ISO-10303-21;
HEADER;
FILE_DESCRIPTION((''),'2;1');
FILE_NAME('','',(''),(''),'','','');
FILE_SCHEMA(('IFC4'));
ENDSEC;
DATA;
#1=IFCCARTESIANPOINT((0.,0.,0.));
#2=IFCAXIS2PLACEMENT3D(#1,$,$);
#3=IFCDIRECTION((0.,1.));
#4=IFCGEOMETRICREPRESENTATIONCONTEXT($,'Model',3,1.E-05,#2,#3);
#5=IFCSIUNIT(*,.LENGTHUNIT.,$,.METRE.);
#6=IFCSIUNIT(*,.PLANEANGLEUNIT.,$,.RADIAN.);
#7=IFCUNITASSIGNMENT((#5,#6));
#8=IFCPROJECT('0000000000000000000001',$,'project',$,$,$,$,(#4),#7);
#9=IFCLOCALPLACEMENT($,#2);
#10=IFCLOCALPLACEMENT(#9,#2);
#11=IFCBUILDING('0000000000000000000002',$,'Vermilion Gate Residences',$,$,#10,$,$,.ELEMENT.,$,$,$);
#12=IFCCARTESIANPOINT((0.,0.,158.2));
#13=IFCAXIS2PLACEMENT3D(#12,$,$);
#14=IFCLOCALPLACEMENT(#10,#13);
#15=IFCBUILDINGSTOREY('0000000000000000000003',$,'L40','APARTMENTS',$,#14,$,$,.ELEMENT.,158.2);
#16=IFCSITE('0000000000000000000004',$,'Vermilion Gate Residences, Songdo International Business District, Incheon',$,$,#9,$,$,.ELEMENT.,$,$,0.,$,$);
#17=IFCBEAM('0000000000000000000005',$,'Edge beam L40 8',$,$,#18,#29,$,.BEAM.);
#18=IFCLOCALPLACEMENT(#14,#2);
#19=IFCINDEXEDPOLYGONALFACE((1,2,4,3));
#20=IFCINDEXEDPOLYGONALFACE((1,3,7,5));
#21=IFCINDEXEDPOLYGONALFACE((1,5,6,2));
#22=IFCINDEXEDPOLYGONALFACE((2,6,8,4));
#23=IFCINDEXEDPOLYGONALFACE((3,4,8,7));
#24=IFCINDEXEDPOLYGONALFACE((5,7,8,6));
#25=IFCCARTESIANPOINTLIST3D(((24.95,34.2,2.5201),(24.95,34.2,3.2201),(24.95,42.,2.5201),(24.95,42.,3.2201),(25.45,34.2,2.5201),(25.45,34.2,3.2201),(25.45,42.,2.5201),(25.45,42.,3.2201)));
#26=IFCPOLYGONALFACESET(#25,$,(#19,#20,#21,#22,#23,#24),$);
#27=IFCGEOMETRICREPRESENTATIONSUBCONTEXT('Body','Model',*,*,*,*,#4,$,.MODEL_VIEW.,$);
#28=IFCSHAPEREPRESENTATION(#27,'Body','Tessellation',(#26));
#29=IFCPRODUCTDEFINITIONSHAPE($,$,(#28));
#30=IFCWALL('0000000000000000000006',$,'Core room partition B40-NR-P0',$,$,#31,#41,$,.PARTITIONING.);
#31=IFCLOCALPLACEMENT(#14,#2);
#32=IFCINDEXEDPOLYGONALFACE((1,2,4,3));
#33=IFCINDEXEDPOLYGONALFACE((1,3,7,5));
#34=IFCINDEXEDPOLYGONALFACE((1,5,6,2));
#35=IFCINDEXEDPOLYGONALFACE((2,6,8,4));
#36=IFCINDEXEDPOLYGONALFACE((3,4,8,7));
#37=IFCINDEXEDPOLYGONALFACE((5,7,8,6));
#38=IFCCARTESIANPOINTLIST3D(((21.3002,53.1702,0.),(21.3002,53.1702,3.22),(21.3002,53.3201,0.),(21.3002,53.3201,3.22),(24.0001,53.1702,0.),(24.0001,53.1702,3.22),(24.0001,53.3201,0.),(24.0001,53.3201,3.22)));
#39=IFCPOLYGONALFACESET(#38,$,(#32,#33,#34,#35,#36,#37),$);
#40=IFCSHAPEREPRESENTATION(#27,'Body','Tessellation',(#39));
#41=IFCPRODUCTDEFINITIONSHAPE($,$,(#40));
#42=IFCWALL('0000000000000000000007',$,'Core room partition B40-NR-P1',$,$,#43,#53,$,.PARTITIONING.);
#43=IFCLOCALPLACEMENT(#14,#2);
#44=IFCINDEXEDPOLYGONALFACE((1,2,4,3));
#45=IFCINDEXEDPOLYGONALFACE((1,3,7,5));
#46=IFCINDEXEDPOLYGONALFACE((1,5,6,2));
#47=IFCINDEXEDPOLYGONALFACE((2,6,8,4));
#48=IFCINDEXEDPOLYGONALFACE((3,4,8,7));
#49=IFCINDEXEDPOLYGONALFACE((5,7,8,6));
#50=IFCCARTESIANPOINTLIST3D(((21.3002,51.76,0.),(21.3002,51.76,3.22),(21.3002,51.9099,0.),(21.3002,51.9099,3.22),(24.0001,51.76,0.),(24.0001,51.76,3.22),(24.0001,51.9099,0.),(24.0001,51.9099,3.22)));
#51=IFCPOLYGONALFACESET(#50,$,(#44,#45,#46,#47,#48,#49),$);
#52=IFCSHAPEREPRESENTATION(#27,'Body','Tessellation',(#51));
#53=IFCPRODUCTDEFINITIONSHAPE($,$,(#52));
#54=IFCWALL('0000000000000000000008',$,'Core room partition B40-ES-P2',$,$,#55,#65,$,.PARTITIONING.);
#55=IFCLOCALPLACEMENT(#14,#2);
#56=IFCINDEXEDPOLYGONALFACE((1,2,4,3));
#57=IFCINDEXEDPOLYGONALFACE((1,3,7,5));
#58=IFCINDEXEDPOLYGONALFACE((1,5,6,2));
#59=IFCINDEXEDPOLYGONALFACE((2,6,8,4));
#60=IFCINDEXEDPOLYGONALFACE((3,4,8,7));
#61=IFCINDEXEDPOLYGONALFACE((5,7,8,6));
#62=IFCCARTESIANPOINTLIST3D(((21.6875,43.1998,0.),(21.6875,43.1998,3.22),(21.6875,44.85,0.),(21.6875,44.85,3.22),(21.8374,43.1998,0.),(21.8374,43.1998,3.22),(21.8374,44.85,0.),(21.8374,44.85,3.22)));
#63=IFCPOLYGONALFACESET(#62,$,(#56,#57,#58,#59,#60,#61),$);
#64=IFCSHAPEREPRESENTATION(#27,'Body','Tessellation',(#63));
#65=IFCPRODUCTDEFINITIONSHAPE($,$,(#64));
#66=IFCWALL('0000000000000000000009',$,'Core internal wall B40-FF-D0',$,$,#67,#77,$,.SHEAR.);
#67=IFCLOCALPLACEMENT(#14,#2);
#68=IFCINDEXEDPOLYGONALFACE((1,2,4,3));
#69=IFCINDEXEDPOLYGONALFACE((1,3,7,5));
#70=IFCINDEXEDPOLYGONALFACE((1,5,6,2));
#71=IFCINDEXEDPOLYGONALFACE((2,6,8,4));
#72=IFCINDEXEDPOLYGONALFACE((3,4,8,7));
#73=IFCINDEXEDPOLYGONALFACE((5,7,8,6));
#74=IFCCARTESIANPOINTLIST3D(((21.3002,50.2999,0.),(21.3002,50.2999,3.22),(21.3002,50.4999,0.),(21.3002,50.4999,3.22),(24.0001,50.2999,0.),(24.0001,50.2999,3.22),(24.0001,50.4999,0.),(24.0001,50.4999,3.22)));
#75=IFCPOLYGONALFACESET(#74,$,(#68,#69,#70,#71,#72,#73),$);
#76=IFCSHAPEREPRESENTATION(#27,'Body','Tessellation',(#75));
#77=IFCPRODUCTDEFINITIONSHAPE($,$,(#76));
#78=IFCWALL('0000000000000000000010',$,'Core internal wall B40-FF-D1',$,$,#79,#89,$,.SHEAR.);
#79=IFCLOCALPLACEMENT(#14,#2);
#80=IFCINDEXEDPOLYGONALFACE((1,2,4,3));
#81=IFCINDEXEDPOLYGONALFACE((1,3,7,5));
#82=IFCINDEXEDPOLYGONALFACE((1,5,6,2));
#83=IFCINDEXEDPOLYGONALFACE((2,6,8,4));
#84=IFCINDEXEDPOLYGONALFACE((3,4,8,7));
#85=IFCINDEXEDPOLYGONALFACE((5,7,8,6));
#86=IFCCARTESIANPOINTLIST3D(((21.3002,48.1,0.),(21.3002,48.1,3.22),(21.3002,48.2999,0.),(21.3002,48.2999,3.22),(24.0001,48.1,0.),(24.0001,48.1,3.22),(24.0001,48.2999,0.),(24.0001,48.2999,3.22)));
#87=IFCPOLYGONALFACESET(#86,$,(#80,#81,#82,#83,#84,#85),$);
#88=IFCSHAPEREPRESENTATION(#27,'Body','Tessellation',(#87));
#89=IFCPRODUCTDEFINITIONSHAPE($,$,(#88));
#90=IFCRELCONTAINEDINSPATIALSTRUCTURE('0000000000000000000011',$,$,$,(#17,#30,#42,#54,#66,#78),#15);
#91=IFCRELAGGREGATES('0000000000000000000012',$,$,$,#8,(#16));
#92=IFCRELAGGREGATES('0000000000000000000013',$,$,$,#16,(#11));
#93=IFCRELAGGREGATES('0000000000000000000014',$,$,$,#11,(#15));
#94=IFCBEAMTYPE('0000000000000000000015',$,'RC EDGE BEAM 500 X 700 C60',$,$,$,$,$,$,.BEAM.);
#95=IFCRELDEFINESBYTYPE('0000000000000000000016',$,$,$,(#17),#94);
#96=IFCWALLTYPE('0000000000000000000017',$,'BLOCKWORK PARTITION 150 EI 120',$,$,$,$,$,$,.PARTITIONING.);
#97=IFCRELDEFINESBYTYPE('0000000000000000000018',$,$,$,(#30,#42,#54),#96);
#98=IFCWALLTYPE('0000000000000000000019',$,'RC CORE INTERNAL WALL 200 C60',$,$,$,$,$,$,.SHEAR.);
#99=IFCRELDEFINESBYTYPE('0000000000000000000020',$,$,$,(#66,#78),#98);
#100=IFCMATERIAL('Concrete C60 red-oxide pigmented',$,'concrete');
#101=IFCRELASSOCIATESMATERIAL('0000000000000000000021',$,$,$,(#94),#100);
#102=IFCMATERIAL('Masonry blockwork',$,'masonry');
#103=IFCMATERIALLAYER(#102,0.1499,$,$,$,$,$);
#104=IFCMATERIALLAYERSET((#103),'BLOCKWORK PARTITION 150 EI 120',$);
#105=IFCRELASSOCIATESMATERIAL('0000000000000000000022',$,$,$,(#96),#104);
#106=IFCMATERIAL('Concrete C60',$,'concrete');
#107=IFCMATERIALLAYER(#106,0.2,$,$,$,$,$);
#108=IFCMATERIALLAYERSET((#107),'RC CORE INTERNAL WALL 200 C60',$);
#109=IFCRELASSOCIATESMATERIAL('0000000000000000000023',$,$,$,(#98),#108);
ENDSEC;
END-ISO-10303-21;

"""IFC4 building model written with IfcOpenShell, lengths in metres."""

from ifc_helpers import new_model, si_unit, direction, frame, frame_2d, origin, origin_2d, place, context, subcontext, project, spatial, rectangle, extrude, material, layer, layer_set, material_profile, profile_set, type_object, element, save


model = new_model("IFC4")

# Units and contexts
model_context = context("Model", 3, precision=1e-05, world=origin(), true_north=direction((0.0, 1.0)))
body_context = subcontext(model_context, "Body", "Model", "MODEL_VIEW")
ifc_project = project(units=[si_unit("LENGTHUNIT", "METRE"), si_unit("PLANEANGLEUNIT", "RADIAN")], contexts=[model_context])

# Site, building, storey
site_placement = place(None, origin())
site = spatial("IfcSite", under=ifc_project, at=site_placement, Name="Vermilion Gate Residences, Songdo International Business District, Incheon", CompositionType="ELEMENT", RefElevation=0.0)
building_placement = place(site_placement, origin())
building = spatial("IfcBuilding", under=site, at=building_placement, Name="Vermilion Gate Residences", CompositionType="ELEMENT")
storey_placement = place(building_placement, frame((0.0, 0.0, 158.2)))
storey = spatial("IfcBuildingStorey", under=building, at=storey_placement, Name="L40", Description="APARTMENTS", CompositionType="ELEMENT", Elevation=158.2)

# Beam
ifc_material_1 = material(Name="Concrete C60 red-oxide pigmented", Category="concrete")
ifc_material_profile_1 = material_profile(ifc_material_1, rectangle(XDim=0.5, YDim=0.7, at=origin_2d()), Name="RC-500x700")
ifc_profile_set_1 = profile_set([ifc_material_profile_1], Name="Concrete C60 red-oxide pigmented")
beam_type = type_object("IfcBeamType", Name="RC EDGE BEAM 500 X 700 C60", PredefinedType="BEAM", material=ifc_profile_set_1)
beam_placement = place(storey_placement, frame((25.2, 34.2, 2.8701), z_axis=(0.0, 1.0, 0.0), x_axis=(-1.0, 0.0, 0.0)))
element("IfcBeam", 1, at=beam_placement, inside=storey, type_object=beam_type, Name="Edge beam L40 8", PredefinedType="BEAM", context=body_context, shape_type="SweptSolid", body=[
    extrude(rectangle(XDim=0.5, YDim=0.7, at=origin_2d()), origin(), (0.0, 0.0, 1.0), 7.8),
])

# Walls
ifc_material_2 = material(Name="Masonry blockwork", Category="masonry")
ifc_layer_1 = layer(ifc_material_2, 0.1499)
ifc_layer_set_1 = layer_set([ifc_layer_1], Name="BLOCKWORK PARTITION 150 EI 120")
wall_type_1 = type_object("IfcWallType", Name="BLOCKWORK PARTITION 150 EI 120", PredefinedType="PARTITIONING", material=ifc_layer_set_1)
for number, where, z_axis, x_axis, name in (
    (2, (21.3, 53.2451, 0.0), (0.0, 0.0, 1.0), (1.0, 0.0, 0.0), "Core room partition B40-NR-P0"),
    (3, (21.3, 51.835, 0.0), (0.0, 0.0, 1.0), (1.0, 0.0, 0.0), "Core room partition B40-NR-P1"),
):
    element("IfcWall", number, at=place(storey_placement, frame(where, z_axis=z_axis, x_axis=x_axis)), inside=storey, type_object=wall_type_1, Name=name, PredefinedType="PARTITIONING", context=body_context, shape_type="SweptSolid", body=[
        extrude(rectangle(XDim=2.7, YDim=0.1499, at=frame_2d((1.3501, 0.0))), origin(), (0.0, 0.0, 1.0), 3.22),
    ])
wall_1_placement = place(storey_placement, frame((21.7625, 44.8501, 0.0), z_axis=(0.0, 0.0, 1.0), x_axis=(0.0, -1.0, 0.0)))
element("IfcWall", 4, at=wall_1_placement, inside=storey, type_object=wall_type_1, Name="Core room partition B40-ES-P2", PredefinedType="PARTITIONING", context=body_context, shape_type="SweptSolid", body=[
    extrude(rectangle(XDim=1.6501, YDim=0.1499, at=frame_2d((0.8252, 0.0))), origin(), (0.0, 0.0, 1.0), 3.22),
])
ifc_material_3 = material(Name="Concrete C60", Category="concrete")
ifc_layer_2 = layer(ifc_material_3, 0.2)
ifc_layer_set_2 = layer_set([ifc_layer_2], Name="RC CORE INTERNAL WALL 200 C60")
wall_type_2 = type_object("IfcWallType", Name="RC CORE INTERNAL WALL 200 C60", PredefinedType="SHEAR", material=ifc_layer_set_2)
for number, where, z_axis, x_axis, name in (
    (5, (21.3, 50.3999, 0.0), (0.0, 0.0, 1.0), (1.0, 0.0, 0.0), "Core internal wall B40-FF-D0"),
    (6, (21.3, 48.2, 0.0), (0.0, 0.0, 1.0), (1.0, 0.0, 0.0), "Core internal wall B40-FF-D1"),
):
    element("IfcWall", number, at=place(storey_placement, frame(where, z_axis=z_axis, x_axis=x_axis)), inside=storey, type_object=wall_type_2, Name=name, PredefinedType="SHEAR", context=body_context, shape_type="SweptSolid", body=[
        extrude(rectangle(XDim=2.7, YDim=0.2, at=frame_2d((1.3501, 0.0))), origin(), (0.0, 0.0, 1.0), 3.22),
    ])

save(model, "model.ifc")
